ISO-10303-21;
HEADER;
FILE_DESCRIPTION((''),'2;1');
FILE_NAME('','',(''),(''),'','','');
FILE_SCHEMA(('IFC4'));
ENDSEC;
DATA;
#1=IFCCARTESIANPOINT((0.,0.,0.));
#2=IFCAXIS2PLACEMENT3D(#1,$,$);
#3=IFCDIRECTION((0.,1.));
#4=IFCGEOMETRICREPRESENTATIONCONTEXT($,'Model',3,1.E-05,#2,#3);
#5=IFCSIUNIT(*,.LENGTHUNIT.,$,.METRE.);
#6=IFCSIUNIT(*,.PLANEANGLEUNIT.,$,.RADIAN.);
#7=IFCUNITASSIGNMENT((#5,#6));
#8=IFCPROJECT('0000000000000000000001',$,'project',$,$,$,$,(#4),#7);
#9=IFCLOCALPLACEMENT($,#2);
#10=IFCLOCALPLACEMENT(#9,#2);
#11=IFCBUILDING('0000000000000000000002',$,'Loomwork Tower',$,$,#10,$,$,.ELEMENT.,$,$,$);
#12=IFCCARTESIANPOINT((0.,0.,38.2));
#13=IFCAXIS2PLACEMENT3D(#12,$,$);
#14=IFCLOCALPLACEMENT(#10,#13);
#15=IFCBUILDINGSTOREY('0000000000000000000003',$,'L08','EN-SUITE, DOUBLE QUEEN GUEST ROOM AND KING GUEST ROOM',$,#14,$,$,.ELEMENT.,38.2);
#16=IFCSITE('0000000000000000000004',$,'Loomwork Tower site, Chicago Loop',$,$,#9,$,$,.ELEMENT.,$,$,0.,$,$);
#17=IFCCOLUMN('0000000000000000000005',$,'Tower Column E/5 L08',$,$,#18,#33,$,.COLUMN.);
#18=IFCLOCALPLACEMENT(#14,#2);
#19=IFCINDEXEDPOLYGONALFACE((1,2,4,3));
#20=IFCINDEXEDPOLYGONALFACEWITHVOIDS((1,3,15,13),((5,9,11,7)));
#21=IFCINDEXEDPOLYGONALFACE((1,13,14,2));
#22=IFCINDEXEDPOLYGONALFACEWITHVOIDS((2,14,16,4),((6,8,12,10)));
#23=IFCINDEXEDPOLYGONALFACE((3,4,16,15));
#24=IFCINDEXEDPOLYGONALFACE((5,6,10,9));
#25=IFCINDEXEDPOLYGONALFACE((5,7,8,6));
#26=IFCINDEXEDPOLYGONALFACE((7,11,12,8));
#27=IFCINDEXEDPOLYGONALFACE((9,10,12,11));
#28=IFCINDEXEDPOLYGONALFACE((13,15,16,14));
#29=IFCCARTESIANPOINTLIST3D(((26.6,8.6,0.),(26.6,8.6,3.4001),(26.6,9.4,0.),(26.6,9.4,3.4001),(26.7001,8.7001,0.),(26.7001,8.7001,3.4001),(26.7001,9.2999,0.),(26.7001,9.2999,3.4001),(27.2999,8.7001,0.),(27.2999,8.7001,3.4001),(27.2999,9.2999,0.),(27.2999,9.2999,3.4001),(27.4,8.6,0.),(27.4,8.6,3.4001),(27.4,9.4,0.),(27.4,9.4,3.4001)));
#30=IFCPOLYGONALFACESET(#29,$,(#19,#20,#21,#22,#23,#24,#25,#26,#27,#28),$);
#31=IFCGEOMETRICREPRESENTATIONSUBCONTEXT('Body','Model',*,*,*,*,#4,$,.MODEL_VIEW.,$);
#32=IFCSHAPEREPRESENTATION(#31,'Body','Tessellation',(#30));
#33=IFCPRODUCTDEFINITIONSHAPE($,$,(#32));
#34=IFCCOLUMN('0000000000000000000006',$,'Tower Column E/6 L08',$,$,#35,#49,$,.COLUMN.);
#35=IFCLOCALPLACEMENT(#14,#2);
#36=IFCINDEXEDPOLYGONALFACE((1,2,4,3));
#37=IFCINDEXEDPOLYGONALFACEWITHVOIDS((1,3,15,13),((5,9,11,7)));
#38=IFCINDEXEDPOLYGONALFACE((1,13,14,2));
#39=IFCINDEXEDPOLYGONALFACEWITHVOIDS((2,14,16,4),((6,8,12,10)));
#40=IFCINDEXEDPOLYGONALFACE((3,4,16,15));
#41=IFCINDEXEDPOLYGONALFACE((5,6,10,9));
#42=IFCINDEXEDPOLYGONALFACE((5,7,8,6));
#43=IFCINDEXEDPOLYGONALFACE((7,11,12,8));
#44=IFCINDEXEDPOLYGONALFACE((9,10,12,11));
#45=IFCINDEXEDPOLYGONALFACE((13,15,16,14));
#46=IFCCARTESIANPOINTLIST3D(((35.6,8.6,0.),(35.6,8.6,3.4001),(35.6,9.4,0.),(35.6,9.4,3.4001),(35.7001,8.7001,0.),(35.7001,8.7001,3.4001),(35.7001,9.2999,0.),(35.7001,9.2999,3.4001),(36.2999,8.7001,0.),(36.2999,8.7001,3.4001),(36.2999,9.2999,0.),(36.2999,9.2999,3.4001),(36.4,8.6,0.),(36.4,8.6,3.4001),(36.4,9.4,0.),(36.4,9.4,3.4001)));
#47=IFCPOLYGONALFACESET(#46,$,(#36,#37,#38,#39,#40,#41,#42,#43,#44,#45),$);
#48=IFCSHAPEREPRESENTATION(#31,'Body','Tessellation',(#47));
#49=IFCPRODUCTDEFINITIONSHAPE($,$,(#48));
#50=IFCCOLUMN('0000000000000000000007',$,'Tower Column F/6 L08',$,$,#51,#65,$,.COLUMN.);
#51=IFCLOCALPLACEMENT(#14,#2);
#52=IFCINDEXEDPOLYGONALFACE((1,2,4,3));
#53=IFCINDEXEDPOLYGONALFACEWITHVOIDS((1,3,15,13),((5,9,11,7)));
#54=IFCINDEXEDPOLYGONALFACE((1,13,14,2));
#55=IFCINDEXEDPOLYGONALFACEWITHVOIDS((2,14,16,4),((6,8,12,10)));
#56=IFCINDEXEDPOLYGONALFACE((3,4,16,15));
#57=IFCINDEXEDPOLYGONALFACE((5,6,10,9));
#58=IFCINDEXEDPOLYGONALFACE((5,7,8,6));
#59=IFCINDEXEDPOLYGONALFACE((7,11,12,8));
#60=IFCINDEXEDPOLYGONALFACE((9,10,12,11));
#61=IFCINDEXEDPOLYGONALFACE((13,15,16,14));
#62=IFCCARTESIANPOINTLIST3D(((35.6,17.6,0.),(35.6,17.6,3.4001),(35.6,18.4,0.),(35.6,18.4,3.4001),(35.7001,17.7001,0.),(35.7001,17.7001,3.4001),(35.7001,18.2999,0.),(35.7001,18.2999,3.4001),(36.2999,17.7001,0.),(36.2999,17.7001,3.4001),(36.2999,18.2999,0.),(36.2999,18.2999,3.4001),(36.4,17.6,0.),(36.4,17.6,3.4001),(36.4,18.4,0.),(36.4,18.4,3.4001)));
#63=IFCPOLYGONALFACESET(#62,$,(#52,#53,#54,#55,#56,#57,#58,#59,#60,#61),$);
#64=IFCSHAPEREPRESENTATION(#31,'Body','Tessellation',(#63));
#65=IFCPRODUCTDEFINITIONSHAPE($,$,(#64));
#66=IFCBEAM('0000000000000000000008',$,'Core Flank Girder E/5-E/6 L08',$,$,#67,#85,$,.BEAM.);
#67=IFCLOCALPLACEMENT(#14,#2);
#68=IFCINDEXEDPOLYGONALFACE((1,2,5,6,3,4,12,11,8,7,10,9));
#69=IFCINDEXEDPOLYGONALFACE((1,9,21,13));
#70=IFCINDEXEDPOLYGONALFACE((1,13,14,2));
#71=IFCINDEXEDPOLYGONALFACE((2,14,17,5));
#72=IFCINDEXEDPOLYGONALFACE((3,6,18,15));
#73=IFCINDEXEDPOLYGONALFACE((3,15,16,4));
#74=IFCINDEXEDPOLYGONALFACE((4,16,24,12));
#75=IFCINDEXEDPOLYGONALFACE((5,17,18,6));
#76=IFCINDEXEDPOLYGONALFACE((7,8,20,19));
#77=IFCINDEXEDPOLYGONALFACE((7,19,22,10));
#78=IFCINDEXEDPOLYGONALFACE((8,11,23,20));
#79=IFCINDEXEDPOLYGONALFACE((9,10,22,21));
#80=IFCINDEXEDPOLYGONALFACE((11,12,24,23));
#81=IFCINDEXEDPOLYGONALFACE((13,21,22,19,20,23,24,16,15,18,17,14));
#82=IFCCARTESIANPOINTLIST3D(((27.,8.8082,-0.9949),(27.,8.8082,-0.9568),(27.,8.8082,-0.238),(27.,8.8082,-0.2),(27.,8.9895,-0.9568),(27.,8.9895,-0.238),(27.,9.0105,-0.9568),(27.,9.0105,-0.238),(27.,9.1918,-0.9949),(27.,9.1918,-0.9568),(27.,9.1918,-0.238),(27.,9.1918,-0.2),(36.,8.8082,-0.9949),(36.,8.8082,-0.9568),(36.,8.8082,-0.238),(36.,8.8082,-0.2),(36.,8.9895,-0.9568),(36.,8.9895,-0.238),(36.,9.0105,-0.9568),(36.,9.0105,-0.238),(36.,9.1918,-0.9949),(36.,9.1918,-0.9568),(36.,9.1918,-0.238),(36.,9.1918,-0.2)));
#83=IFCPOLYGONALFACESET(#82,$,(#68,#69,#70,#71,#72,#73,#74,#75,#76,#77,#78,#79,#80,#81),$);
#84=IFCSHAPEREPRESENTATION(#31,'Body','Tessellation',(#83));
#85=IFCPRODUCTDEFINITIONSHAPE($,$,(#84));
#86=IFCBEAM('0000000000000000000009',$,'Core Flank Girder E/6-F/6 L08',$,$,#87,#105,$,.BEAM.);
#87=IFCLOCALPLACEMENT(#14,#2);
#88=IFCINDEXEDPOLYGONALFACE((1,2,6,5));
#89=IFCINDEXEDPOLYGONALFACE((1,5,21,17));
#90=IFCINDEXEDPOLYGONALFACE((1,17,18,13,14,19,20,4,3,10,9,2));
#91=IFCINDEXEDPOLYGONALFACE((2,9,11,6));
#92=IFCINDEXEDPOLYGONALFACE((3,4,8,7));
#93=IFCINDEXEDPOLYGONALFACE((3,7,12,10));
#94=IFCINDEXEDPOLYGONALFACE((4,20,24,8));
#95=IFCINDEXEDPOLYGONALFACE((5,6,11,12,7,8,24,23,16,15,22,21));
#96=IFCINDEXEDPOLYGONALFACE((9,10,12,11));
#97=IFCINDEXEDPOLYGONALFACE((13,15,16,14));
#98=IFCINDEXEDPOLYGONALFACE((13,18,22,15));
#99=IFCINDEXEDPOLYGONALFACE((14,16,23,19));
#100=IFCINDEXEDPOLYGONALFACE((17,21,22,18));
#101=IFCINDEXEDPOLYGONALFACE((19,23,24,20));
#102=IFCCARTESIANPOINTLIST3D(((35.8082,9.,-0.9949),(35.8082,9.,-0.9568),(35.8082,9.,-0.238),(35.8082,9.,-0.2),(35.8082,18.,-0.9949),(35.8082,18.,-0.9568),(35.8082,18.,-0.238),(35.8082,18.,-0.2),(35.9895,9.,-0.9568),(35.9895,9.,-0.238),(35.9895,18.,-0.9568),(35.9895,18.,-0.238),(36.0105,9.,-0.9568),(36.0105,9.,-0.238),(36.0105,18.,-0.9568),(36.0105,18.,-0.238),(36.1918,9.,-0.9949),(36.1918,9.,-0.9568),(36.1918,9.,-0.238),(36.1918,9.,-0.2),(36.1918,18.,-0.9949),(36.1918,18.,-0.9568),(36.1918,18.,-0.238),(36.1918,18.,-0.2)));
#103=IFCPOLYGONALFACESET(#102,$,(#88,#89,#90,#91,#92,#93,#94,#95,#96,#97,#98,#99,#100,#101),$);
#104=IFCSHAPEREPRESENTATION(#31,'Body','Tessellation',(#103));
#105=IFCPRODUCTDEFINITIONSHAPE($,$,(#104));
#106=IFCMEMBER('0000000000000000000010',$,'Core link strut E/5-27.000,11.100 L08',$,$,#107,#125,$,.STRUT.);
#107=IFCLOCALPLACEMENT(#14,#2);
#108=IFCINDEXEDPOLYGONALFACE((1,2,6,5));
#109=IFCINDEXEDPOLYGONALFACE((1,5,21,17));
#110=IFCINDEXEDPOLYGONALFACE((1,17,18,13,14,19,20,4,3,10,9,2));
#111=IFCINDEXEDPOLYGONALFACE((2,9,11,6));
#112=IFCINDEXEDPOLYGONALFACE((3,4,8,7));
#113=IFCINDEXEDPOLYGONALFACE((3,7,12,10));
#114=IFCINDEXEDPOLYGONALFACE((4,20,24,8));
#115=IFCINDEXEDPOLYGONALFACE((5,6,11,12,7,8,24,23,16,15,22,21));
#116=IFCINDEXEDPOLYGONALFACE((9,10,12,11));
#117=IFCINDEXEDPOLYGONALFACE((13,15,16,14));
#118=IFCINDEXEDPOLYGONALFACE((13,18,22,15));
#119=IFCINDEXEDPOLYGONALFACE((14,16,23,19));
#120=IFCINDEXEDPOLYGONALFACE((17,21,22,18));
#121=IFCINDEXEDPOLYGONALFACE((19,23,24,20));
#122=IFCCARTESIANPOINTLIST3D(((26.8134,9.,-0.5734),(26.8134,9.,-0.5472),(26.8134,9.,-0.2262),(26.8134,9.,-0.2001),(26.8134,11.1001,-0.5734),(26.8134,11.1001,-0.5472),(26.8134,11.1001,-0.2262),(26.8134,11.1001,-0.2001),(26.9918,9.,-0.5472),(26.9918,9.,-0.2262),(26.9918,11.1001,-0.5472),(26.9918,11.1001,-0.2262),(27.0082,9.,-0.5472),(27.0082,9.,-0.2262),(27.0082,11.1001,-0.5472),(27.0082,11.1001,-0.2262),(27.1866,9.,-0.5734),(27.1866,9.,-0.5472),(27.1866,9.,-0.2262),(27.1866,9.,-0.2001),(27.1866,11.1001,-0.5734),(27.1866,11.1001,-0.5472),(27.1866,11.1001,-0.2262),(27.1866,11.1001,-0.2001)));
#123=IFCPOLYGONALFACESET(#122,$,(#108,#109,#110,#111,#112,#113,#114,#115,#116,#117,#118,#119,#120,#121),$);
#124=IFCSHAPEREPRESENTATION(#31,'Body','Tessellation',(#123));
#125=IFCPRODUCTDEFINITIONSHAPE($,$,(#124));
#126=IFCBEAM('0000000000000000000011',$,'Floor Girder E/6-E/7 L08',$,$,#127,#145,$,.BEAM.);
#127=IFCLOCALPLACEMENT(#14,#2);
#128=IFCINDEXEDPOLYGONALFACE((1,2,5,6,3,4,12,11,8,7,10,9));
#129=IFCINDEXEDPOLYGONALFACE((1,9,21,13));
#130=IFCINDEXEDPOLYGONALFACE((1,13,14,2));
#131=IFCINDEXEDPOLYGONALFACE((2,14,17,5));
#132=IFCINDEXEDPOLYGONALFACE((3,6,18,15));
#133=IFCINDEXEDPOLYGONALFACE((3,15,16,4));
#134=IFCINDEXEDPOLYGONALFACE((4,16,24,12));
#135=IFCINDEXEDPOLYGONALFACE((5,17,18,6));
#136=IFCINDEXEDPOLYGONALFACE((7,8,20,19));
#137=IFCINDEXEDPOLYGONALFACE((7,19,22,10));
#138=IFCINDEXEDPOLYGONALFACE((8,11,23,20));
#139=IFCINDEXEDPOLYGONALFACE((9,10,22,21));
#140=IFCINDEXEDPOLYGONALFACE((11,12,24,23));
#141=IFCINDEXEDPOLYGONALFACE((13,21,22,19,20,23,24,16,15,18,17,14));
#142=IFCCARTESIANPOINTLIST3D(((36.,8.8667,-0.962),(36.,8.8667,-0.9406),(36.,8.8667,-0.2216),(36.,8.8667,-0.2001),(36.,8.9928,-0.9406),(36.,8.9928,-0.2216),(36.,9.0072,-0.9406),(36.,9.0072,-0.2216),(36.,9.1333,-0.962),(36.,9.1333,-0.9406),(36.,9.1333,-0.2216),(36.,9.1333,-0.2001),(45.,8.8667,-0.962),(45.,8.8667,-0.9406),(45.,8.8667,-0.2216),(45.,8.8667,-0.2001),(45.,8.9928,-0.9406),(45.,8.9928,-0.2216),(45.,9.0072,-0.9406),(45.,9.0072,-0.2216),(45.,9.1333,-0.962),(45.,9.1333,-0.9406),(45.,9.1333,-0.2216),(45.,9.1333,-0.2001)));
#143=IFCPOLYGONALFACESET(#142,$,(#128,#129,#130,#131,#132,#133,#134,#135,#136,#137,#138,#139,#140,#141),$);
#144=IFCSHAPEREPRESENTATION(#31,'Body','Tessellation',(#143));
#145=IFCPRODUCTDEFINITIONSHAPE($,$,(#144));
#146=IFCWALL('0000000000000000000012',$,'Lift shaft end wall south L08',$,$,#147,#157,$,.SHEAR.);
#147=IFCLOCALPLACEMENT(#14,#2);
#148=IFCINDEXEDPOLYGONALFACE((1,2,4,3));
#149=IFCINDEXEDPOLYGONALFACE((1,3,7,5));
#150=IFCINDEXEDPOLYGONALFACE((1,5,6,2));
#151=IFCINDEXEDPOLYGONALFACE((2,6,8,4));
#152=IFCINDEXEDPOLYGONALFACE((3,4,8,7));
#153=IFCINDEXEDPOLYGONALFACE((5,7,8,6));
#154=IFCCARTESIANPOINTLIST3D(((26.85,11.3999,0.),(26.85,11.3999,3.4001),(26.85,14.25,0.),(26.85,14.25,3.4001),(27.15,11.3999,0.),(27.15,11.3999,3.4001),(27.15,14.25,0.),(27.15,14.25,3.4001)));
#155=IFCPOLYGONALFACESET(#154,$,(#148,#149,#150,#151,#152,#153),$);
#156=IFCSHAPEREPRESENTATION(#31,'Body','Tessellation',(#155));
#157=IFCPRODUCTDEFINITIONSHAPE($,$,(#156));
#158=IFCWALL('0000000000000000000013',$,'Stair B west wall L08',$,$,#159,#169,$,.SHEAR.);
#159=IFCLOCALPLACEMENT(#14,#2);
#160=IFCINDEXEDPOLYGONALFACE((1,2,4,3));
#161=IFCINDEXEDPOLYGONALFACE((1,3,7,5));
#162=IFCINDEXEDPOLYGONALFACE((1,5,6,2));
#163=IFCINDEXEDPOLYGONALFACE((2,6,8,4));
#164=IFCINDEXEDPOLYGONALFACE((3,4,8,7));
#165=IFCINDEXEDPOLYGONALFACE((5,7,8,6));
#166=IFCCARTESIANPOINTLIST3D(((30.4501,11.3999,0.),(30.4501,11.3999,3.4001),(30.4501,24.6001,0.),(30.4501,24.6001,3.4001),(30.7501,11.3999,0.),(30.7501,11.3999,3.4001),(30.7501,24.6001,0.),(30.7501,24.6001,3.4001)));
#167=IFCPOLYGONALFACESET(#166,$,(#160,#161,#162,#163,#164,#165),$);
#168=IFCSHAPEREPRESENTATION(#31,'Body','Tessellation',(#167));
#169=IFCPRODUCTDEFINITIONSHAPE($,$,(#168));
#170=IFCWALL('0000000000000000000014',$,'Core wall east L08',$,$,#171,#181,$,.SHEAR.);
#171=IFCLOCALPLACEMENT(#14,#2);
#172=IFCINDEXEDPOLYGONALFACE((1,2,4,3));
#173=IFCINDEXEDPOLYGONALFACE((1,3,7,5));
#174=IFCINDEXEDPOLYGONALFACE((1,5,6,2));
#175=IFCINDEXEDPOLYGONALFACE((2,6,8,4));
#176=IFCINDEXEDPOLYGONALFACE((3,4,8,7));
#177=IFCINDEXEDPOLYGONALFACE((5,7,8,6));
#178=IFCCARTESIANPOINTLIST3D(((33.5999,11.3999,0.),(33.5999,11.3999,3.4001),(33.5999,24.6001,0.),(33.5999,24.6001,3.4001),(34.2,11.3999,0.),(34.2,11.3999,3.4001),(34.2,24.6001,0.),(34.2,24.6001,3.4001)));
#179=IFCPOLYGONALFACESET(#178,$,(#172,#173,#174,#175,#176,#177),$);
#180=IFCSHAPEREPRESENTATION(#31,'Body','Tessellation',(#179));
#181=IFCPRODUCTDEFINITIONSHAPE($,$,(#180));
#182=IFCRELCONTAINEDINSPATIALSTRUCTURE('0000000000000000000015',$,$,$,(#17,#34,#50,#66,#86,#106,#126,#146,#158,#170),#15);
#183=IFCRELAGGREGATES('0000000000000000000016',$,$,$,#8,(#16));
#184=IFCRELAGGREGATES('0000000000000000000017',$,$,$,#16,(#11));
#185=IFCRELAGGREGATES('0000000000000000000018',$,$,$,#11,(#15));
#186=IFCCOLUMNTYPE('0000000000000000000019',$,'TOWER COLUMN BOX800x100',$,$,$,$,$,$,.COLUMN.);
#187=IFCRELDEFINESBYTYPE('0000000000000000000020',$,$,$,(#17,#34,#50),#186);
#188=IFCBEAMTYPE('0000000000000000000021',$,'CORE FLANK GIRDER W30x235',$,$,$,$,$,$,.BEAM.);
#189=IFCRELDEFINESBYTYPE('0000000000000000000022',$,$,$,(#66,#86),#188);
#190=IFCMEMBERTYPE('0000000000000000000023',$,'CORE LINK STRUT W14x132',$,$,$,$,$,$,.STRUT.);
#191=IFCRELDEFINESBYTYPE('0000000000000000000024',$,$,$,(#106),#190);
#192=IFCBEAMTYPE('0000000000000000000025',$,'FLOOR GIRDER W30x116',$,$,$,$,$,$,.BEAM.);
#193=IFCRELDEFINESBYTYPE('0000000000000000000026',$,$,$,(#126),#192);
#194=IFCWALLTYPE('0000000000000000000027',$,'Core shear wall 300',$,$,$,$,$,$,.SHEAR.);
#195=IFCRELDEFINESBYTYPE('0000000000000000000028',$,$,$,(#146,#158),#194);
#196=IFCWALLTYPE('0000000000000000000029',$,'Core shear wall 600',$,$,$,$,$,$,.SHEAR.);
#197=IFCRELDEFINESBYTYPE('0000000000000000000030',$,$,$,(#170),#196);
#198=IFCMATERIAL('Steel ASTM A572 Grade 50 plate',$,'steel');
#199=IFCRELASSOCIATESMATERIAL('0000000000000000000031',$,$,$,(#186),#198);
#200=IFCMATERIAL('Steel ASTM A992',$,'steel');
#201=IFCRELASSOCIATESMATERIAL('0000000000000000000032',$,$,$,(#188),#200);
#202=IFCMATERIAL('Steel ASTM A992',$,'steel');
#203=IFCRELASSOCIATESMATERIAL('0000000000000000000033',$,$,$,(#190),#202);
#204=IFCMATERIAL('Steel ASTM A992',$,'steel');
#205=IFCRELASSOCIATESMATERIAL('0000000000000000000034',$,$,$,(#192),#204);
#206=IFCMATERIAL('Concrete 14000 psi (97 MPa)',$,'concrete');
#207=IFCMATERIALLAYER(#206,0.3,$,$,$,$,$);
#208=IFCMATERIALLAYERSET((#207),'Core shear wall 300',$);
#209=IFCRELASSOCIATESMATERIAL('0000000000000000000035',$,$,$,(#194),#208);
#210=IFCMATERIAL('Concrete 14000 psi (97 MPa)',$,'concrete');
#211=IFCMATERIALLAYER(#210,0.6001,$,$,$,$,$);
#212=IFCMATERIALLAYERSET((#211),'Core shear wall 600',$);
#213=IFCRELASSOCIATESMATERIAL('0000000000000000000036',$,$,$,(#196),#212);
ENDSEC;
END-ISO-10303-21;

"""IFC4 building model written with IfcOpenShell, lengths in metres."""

from ifc_helpers import new_model, si_unit, direction, frame, frame_2d, origin, origin_2d, place, context, subcontext, project, spatial, rectangle, hollow_rectangle, i_section, extrude, material, layer, layer_set, material_profile, profile_set, type_object, element, save


model = new_model("IFC4")

# Units and contexts
model_context = context("Model", 3, precision=1e-05, world=origin(), true_north=direction((0.0, 1.0)))
body_context = subcontext(model_context, "Body", "Model", "MODEL_VIEW")
ifc_project = project(units=[si_unit("LENGTHUNIT", "METRE"), si_unit("PLANEANGLEUNIT", "RADIAN")], contexts=[model_context])

# Site, building, storey
site_placement = place(None, origin())
site = spatial("IfcSite", under=ifc_project, at=site_placement, Name="Loomwork Tower site, Chicago Loop", CompositionType="ELEMENT", RefElevation=0.0)
building_placement = place(site_placement, origin())
building = spatial("IfcBuilding", under=site, at=building_placement, Name="Loomwork Tower", CompositionType="ELEMENT")
storey_placement = place(building_placement, frame((0.0, 0.0, 38.2)))
storey = spatial("IfcBuildingStorey", under=building, at=storey_placement, Name="L08", Description="EN-SUITE, DOUBLE QUEEN GUEST ROOM AND KING GUEST ROOM", CompositionType="ELEMENT", Elevation=38.2)

# Columns
ifc_material_1 = material(Name="Steel ASTM A572 Grade 50 plate", Category="steel")
ifc_material_profile_1 = material_profile(ifc_material_1, hollow_rectangle(XDim=0.8, YDim=0.8, WallThickness=0.1001, at=origin_2d()), Name="BOX800x100")
ifc_profile_set_1 = profile_set([ifc_material_profile_1], Name="Steel ASTM A572 Grade 50 plate")
column_type = type_object("IfcColumnType", Name="TOWER COLUMN BOX800x100", PredefinedType="COLUMN", material=ifc_profile_set_1)
for number, where, z_axis, x_axis, name in (
    (1, (27.0, 9.0, 0.0), (0.0, 0.0, 1.0), (1.0, 0.0, 0.0), "Tower Column E/5 L08"),
    (2, (36.0, 9.0, 0.0), (0.0, 0.0, 1.0), (0.0, 1.0, 0.0), "Tower Column E/6 L08"),
    (3, (36.0, 18.0, 0.0), (0.0, 0.0, 1.0), (0.0, 1.0, 0.0), "Tower Column F/6 L08"),
):
    element("IfcColumn", number, at=place(storey_placement, frame(where, z_axis=z_axis, x_axis=x_axis)), inside=storey, type_object=column_type, Name=name, PredefinedType="COLUMN", context=body_context, shape_type="SweptSolid", body=[
        extrude(hollow_rectangle(XDim=0.8, YDim=0.8, WallThickness=0.1001, at=origin_2d()), origin(), (0.0, 0.0, 1.0), 3.4001),
    ])

# Beams
ifc_material_2 = material(Name="Steel ASTM A992", Category="steel")
ifc_material_profile_2 = material_profile(ifc_material_2, i_section(OverallWidth=0.3835, OverallDepth=0.7949, WebThickness=0.021, FlangeThickness=0.0381, at=origin_2d()), Name="W30x235")
ifc_profile_set_2 = profile_set([ifc_material_profile_2], Name="Steel ASTM A992")
beam_type_1 = type_object("IfcBeamType", Name="CORE FLANK GIRDER W30x235", PredefinedType="BEAM", material=ifc_profile_set_2)
for number, where, z_axis, x_axis, name in (
    (4, (27.0, 9.0, -0.5974), (1.0, 0.0, 0.0), (0.0, 1.0, 0.0), "Core Flank Girder E/5-E/6 L08"),
    (5, (36.0, 9.0, -0.5974), (0.0, 1.0, 0.0), (-1.0, 0.0, 0.0), "Core Flank Girder E/6-F/6 L08"),
):
    element("IfcBeam", number, at=place(storey_placement, frame(where, z_axis=z_axis, x_axis=x_axis)), inside=storey, type_object=beam_type_1, Name=name, PredefinedType="BEAM", context=body_context, shape_type="SweptSolid", body=[
        extrude(i_section(OverallWidth=0.3835, OverallDepth=0.7949, WebThickness=0.021, FlangeThickness=0.0381, at=origin_2d()), origin(), (0.0, 0.0, 1.0), 9.0),
    ])

# Member
ifc_material_3 = material(Name="Steel ASTM A992", Category="steel")
ifc_material_profile_3 = material_profile(ifc_material_3, i_section(OverallWidth=0.3733, OverallDepth=0.3733, WebThickness=0.0164, FlangeThickness=0.0261, at=origin_2d()), Name="W14x132")
ifc_profile_set_3 = profile_set([ifc_material_profile_3], Name="Steel ASTM A992")
member_type = type_object("IfcMemberType", Name="CORE LINK STRUT W14x132", PredefinedType="STRUT", material=ifc_profile_set_3)
member_placement = place(storey_placement, frame((27.0, 9.0, -0.3867), z_axis=(0.0, 1.0, 0.0), x_axis=(-1.0, 0.0, 0.0)))
element("IfcMember", 6, at=member_placement, inside=storey, type_object=member_type, Name="Core link strut E/5-27.000,11.100 L08", PredefinedType="STRUT", context=body_context, shape_type="SweptSolid", body=[
    extrude(i_section(OverallWidth=0.3733, OverallDepth=0.3733, WebThickness=0.0164, FlangeThickness=0.0261, at=origin_2d()), origin(), (0.0, 0.0, 1.0), 2.1001),
])

# Beam
ifc_material_4 = material(Name="Steel ASTM A992", Category="steel")
ifc_material_profile_4 = material_profile(ifc_material_4, i_section(OverallWidth=0.2666, OverallDepth=0.762, WebThickness=0.0144, FlangeThickness=0.0215, at=origin_2d()), Name="W30x116")
ifc_profile_set_4 = profile_set([ifc_material_profile_4], Name="Steel ASTM A992")
beam_type_2 = type_object("IfcBeamType", Name="FLOOR GIRDER W30x116", PredefinedType="BEAM", material=ifc_profile_set_4)
beam_placement = place(storey_placement, frame((36.0, 9.0, -0.5811), z_axis=(1.0, 0.0, 0.0), x_axis=(0.0, 1.0, 0.0)))
element("IfcBeam", 7, at=beam_placement, inside=storey, type_object=beam_type_2, Name="Floor Girder E/6-E/7 L08", PredefinedType="BEAM", context=body_context, shape_type="SweptSolid", body=[
    extrude(i_section(OverallWidth=0.2666, OverallDepth=0.762, WebThickness=0.0144, FlangeThickness=0.0215, at=origin_2d()), origin(), (0.0, 0.0, 1.0), 9.0),
])

# Walls
ifc_material_5 = material(Name="Concrete 14000 psi (97 MPa)", Category="concrete")
ifc_layer_1 = layer(ifc_material_5, 0.3)
ifc_layer_set_1 = layer_set([ifc_layer_1], Name="Core shear wall 300")
wall_type_1 = type_object("IfcWallType", Name="Core shear wall 300", PredefinedType="SHEAR", material=ifc_layer_set_1)
wall_1_placement = place(storey_placement, frame((27.0, 11.3999, 0.0), z_axis=(0.0, 0.0, 1.0), x_axis=(0.0, 1.0, 0.0)))
element("IfcWall", 8, at=wall_1_placement, inside=storey, type_object=wall_type_1, Name="Lift shaft end wall south L08", PredefinedType="SHEAR", context=body_context, shape_type="SweptSolid", body=[
    extrude(rectangle(XDim=2.8501, YDim=0.3, at=frame_2d((1.425, 0.0))), origin(), (0.0, 0.0, 1.0), 3.4001),
])
wall_2_placement = place(storey_placement, frame((30.6001, 11.3999, 0.0), z_axis=(0.0, 0.0, 1.0), x_axis=(0.0, 1.0, 0.0)))
element("IfcWall", 9, at=wall_2_placement, inside=storey, type_object=wall_type_1, Name="Stair B west wall L08", PredefinedType="SHEAR", context=body_context, shape_type="SweptSolid", body=[
    extrude(rectangle(XDim=13.2002, YDim=0.3, at=frame_2d((6.6001, 0.0))), origin(), (0.0, 0.0, 1.0), 3.4001),
])
ifc_material_6 = material(Name="Concrete 14000 psi (97 MPa)", Category="concrete")
ifc_layer_2 = layer(ifc_material_6, 0.6001)
ifc_layer_set_2 = layer_set([ifc_layer_2], Name="Core shear wall 600")
wall_type_2 = type_object("IfcWallType", Name="Core shear wall 600", PredefinedType="SHEAR", material=ifc_layer_set_2)
wall_3_placement = place(storey_placement, frame((33.8999, 11.3999, 0.0), z_axis=(0.0, 0.0, 1.0), x_axis=(0.0, 1.0, 0.0)))
element("IfcWall", 10, at=wall_3_placement, inside=storey, type_object=wall_type_2, Name="Core wall east L08", PredefinedType="SHEAR", context=body_context, shape_type="SweptSolid", body=[
    extrude(rectangle(XDim=13.2002, YDim=0.6001, at=frame_2d((6.6001, 0.0))), origin(), (0.0, 0.0, 1.0), 3.4001),
])

save(model, "model.ifc")
